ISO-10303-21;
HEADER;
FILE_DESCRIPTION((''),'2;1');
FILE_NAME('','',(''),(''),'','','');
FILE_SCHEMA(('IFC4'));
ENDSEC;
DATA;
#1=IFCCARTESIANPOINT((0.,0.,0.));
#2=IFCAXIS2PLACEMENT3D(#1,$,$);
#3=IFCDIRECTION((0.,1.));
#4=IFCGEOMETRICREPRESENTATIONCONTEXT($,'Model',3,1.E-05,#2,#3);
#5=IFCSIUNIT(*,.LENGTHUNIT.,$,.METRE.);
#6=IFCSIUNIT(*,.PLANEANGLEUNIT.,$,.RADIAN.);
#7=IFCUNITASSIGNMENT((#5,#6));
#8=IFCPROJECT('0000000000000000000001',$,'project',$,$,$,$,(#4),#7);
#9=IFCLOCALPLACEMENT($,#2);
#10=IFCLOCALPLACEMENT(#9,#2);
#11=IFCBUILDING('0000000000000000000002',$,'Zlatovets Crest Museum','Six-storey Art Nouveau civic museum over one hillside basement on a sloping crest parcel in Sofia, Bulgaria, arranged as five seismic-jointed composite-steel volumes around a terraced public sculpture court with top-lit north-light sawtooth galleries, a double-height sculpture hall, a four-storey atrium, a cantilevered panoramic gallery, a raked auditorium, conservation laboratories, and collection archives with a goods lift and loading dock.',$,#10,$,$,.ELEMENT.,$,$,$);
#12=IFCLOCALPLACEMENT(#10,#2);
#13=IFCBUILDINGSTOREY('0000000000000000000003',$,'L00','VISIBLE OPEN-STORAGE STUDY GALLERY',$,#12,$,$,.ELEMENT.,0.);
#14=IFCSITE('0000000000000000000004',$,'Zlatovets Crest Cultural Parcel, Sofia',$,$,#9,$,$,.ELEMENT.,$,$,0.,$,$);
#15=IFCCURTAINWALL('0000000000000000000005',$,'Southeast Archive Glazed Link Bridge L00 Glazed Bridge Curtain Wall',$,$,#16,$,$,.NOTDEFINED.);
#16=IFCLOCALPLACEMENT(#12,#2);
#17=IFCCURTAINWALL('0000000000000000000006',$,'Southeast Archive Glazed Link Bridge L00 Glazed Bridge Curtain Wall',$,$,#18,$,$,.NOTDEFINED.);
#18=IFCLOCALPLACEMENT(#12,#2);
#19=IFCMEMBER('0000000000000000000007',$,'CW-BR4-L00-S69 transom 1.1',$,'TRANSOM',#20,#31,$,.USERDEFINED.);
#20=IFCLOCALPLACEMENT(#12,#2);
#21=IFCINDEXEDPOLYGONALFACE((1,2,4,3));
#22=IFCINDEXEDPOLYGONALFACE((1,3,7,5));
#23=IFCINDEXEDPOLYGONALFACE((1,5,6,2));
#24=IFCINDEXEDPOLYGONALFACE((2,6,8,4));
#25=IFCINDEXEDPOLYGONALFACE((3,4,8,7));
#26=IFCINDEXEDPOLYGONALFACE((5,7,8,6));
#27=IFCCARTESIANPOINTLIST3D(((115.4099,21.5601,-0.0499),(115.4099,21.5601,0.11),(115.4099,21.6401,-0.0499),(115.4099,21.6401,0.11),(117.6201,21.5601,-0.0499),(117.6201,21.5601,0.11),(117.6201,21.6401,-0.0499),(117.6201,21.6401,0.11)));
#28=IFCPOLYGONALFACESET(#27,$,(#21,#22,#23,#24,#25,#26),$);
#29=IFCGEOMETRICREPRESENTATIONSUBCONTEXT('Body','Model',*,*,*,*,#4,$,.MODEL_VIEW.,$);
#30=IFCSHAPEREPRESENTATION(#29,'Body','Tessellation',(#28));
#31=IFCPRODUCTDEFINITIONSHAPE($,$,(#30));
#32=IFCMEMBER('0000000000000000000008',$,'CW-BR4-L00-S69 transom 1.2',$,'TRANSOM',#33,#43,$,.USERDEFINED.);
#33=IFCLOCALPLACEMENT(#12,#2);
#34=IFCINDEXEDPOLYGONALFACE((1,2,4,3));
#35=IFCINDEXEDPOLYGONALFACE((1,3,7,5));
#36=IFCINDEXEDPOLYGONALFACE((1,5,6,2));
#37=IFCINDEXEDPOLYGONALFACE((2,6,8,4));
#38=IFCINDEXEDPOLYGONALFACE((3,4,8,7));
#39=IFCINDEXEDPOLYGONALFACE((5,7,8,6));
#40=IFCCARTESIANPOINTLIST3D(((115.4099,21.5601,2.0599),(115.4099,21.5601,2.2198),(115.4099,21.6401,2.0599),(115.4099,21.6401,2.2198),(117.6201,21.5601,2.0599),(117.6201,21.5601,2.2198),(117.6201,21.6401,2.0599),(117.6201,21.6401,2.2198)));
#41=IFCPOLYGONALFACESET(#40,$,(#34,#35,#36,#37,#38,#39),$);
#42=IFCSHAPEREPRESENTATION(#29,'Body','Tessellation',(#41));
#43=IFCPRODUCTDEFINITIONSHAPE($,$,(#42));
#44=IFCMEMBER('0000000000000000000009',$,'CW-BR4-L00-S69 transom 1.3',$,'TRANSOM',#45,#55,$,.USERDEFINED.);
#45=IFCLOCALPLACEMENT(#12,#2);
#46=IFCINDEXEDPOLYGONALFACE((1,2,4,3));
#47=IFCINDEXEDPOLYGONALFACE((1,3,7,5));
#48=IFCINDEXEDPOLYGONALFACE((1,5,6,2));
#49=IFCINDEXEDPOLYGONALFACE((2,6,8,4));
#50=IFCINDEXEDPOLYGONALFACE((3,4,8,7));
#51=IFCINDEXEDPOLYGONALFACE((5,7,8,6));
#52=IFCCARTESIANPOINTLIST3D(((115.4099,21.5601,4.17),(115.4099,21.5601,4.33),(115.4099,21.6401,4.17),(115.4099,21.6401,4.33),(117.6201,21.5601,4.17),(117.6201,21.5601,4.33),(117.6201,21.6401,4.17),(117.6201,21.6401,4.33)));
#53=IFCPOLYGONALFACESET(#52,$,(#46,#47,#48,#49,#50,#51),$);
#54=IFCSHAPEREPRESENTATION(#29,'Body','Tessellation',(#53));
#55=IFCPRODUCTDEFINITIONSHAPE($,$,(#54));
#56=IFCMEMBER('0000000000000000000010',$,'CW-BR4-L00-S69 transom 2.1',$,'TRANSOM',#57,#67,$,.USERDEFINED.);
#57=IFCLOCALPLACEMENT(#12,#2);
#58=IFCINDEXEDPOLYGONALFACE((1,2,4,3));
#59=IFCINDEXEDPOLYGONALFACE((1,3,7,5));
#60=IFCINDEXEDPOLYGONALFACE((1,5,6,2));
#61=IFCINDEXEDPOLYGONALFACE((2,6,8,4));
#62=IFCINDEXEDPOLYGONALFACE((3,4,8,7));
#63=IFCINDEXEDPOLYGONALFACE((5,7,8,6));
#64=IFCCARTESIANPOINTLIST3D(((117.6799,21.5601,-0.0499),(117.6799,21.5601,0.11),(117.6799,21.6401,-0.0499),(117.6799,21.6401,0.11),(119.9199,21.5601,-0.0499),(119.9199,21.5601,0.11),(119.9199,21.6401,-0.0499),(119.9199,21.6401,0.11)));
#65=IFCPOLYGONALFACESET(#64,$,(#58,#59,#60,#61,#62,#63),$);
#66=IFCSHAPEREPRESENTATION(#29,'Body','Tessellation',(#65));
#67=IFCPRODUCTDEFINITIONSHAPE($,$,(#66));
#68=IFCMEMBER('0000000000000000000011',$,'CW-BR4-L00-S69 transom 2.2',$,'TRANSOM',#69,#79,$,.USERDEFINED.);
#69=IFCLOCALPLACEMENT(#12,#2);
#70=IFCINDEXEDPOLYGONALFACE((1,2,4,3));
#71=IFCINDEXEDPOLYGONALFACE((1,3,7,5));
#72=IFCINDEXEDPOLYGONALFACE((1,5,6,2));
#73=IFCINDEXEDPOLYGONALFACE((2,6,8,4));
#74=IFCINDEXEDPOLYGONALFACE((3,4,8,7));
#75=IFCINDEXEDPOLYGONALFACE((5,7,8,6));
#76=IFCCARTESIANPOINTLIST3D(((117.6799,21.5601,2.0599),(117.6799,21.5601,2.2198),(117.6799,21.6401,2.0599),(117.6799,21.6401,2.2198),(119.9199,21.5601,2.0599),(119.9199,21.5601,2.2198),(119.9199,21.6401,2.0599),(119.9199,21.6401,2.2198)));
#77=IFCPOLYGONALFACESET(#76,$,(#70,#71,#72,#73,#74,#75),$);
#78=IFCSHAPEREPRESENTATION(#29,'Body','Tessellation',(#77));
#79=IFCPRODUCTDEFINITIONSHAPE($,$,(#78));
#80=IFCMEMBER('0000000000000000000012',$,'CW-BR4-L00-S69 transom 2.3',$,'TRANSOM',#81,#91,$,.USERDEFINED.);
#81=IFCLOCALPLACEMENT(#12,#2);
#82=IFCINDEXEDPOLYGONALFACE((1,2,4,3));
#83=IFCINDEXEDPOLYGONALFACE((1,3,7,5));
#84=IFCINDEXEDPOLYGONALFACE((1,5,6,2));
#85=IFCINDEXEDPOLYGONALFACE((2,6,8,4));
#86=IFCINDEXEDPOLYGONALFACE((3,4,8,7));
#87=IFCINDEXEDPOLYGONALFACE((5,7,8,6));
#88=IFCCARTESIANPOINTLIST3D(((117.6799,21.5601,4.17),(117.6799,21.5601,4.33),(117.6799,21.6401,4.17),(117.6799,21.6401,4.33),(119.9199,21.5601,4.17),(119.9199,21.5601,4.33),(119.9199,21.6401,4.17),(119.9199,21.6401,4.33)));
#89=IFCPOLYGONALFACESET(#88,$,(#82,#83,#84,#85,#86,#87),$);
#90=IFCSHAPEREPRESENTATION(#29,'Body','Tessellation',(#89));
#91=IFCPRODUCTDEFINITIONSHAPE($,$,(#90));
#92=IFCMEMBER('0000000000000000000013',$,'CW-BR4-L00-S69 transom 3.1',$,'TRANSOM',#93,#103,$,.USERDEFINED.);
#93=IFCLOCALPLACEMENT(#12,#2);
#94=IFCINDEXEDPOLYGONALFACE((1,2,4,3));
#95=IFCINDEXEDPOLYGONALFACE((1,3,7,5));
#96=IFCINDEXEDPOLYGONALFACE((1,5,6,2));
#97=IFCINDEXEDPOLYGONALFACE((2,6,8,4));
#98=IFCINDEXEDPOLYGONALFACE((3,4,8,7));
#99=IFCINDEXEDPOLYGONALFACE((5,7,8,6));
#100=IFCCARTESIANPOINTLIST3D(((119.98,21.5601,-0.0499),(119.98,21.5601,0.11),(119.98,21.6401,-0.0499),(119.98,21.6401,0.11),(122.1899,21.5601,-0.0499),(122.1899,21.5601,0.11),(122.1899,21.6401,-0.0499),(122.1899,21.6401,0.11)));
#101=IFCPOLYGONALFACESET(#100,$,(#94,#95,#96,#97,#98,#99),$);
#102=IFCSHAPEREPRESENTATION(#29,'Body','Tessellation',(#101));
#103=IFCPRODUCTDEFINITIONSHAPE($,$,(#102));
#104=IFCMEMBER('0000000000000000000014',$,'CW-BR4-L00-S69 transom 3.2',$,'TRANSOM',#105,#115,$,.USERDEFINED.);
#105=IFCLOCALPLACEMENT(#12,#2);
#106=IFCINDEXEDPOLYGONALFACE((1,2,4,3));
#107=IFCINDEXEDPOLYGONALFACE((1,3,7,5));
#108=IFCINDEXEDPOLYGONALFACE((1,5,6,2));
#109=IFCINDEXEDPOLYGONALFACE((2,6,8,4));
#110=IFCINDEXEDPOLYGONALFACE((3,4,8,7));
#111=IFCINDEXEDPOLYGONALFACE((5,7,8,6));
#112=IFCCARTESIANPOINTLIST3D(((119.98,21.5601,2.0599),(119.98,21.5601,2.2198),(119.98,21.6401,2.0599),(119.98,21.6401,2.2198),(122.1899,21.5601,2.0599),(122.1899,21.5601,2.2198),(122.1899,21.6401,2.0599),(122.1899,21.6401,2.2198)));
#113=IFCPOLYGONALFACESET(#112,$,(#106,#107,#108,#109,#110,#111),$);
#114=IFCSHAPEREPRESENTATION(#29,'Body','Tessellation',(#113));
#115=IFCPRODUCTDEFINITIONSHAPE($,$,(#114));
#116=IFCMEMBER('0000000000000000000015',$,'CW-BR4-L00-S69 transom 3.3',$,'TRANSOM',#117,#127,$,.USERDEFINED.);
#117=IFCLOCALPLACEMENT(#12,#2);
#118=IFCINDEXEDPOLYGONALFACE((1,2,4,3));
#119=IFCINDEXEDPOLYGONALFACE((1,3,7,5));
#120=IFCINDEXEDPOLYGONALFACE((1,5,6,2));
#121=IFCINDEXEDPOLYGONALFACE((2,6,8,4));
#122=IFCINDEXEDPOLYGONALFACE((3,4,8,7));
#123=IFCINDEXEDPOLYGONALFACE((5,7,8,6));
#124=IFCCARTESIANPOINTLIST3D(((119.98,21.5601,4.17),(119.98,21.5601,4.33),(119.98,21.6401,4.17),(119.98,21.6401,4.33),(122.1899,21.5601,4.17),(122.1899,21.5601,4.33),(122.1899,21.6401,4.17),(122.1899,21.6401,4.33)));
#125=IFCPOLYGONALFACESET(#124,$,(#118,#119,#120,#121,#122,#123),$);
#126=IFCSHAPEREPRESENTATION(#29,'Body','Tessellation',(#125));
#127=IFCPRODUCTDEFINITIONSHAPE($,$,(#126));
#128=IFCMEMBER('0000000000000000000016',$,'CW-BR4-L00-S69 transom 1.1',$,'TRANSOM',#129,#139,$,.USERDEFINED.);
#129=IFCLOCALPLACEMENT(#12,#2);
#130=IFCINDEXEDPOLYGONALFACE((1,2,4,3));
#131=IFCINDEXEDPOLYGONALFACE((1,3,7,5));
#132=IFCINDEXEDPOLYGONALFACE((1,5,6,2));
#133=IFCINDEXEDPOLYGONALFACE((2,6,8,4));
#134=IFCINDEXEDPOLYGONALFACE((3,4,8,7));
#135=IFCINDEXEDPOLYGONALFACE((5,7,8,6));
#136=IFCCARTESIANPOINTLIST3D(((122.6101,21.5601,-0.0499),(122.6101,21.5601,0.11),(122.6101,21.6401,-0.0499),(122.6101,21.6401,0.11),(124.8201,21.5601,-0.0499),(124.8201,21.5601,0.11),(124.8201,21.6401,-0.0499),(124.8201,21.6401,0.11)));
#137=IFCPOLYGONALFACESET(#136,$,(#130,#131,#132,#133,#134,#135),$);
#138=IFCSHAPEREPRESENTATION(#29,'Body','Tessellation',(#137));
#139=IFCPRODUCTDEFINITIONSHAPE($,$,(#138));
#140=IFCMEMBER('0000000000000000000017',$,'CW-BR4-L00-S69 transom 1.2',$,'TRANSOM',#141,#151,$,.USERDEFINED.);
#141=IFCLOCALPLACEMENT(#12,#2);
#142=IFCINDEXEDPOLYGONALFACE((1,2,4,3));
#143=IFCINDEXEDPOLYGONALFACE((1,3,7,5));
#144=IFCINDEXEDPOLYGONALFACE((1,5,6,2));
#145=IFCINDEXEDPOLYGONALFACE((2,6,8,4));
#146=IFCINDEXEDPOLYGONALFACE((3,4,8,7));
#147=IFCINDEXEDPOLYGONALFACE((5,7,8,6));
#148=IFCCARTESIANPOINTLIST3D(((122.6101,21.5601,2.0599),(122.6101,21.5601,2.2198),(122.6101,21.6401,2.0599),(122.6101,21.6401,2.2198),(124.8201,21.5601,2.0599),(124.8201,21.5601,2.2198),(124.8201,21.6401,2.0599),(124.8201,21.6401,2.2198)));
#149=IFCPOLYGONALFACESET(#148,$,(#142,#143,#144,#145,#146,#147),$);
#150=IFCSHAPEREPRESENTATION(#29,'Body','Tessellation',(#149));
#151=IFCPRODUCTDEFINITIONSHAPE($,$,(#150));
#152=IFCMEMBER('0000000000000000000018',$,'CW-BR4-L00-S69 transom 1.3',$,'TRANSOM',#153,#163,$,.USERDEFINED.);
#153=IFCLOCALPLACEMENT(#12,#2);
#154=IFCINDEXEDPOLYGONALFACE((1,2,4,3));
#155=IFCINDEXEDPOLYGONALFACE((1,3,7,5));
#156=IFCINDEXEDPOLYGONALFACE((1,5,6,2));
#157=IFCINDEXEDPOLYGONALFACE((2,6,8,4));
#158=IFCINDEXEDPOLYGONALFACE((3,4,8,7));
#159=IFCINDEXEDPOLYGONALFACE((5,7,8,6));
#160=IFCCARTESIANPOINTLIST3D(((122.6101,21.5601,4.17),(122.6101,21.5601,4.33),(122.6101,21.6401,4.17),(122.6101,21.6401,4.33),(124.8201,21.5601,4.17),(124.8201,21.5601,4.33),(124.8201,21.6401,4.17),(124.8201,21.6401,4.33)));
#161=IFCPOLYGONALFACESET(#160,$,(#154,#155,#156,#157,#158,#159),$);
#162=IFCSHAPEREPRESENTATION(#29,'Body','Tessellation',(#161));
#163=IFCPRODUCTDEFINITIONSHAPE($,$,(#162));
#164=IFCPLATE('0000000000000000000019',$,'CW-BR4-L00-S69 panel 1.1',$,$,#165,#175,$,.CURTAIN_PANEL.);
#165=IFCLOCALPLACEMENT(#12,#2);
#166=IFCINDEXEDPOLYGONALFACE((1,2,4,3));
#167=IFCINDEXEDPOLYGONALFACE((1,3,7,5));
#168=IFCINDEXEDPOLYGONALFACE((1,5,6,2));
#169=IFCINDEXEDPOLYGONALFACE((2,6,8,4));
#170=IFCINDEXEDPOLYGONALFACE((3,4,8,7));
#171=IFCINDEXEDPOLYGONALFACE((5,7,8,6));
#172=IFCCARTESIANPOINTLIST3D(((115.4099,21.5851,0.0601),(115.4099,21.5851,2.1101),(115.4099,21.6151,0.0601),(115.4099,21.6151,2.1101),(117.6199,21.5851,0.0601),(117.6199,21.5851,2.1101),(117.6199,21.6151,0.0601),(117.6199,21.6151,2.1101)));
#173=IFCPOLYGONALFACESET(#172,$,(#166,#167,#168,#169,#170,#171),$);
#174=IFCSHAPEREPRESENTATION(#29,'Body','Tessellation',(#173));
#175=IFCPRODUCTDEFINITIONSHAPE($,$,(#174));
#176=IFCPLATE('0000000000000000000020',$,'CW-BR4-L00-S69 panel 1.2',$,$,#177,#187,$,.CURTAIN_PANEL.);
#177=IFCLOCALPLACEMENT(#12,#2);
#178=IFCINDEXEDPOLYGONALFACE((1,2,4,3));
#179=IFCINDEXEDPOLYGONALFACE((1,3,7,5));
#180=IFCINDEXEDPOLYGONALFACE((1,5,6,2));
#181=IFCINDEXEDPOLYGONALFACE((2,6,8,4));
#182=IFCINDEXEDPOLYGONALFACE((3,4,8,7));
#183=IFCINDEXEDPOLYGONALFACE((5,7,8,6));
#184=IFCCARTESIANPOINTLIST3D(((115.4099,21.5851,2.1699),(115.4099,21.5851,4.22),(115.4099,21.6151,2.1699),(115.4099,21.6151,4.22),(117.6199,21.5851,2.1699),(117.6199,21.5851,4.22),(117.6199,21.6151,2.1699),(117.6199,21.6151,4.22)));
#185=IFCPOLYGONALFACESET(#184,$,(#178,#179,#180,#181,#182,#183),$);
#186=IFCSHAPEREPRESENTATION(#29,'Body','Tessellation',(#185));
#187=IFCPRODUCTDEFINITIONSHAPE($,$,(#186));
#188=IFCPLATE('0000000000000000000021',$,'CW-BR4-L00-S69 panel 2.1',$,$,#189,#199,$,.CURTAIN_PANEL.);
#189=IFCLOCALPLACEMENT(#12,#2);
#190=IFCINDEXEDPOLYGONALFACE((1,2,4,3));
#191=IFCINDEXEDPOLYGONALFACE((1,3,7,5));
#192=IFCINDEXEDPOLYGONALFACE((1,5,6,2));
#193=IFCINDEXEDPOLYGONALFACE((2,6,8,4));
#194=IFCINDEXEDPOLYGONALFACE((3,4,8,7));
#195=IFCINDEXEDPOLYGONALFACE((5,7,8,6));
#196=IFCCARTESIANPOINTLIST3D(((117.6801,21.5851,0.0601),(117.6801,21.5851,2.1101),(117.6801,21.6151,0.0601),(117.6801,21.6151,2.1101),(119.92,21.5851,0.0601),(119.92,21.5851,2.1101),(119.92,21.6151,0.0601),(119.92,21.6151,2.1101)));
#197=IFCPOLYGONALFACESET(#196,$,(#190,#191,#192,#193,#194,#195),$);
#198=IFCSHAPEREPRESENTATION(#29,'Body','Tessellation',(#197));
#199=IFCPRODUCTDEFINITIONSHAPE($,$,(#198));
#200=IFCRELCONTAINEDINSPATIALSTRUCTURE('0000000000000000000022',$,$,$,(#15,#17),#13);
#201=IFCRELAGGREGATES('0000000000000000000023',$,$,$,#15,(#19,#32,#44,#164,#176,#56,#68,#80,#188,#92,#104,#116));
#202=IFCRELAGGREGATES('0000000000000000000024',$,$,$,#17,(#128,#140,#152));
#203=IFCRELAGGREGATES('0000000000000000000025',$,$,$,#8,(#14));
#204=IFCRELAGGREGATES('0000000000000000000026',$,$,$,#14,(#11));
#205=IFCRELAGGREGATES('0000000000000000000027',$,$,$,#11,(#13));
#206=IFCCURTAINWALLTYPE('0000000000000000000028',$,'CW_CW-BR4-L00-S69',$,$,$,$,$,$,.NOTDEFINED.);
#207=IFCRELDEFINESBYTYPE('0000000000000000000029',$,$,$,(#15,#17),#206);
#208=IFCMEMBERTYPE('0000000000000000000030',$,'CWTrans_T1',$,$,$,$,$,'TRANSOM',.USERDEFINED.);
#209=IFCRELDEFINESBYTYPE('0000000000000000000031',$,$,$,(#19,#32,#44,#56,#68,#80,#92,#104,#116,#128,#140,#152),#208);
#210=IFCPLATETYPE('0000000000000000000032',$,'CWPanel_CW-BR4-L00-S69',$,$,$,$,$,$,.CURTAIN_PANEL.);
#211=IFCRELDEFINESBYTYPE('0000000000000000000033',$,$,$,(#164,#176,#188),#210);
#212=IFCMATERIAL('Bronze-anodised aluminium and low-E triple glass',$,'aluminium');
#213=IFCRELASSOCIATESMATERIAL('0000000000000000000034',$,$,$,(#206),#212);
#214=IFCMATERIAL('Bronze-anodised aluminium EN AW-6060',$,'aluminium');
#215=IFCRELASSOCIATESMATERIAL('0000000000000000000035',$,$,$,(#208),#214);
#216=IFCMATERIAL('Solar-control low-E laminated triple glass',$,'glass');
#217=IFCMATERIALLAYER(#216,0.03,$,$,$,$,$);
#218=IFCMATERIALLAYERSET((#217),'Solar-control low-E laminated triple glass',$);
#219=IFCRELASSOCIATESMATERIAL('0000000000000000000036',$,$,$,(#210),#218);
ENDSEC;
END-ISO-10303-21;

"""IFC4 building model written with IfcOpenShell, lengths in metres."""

from ifc_helpers import new_model, si_unit, direction, frame, origin, origin_2d, place, context, subcontext, project, spatial, rectangle, extrude, material, layer, layer_set, material_profile, profile_set, type_object, element, aggregate, save


model = new_model("IFC4")

# Units and contexts
model_context = context("Model", 3, precision=1e-05, world=origin(), true_north=direction((0.0, 1.0)))
body_context = subcontext(model_context, "Body", "Model", "MODEL_VIEW")
ifc_project = project(units=[si_unit("LENGTHUNIT", "METRE"), si_unit("PLANEANGLEUNIT", "RADIAN")], contexts=[model_context])

# Site, building, storey
site_placement = place(None, origin())
site = spatial("IfcSite", under=ifc_project, at=site_placement, Name="Zlatovets Crest Cultural Parcel, Sofia", CompositionType="ELEMENT", RefElevation=0.0)
building_placement = place(site_placement, origin())
building = spatial("IfcBuilding", under=site, at=building_placement, Name="Zlatovets Crest Museum", Description="Six-storey Art Nouveau civic museum over one hillside basement on a sloping crest parcel in Sofia, Bulgaria, arranged as five seismic-jointed composite-steel volumes around a terraced public sculpture court with top-lit north-light sawtooth galleries, a double-height sculpture hall, a four-storey atrium, a cantilevered panoramic gallery, a raked auditorium, conservation laboratories, and collection archives with a goods lift and loading dock.", CompositionType="ELEMENT")
storey_placement = place(building_placement, origin())
storey = spatial("IfcBuildingStorey", under=building, at=storey_placement, Name="L00", Description="VISIBLE OPEN-STORAGE STUDY GALLERY", CompositionType="ELEMENT", Elevation=0.0)

# Curtain wall
ifc_material_1 = material(Name="Bronze-anodised aluminium and low-E triple glass", Category="aluminium")
curtain_wall_type = type_object("IfcCurtainWallType", Name="CW_CW-BR4-L00-S69", PredefinedType="NOTDEFINED", material=ifc_material_1)
curtain_wall_1_placement = place(storey_placement, origin())
curtain_wall_1 = element("IfcCurtainWall", 1, at=curtain_wall_1_placement, inside=storey, type_object=curtain_wall_type, Name="Southeast Archive Glazed Link Bridge L00 Glazed Bridge Curtain Wall", PredefinedType="NOTDEFINED")
ifc_material_2 = material(Name="Bronze-anodised aluminium EN AW-6060", Category="aluminium")

# Curtain wall
curtain_wall_2_placement = place(storey_placement, origin())
curtain_wall_2 = element("IfcCurtainWall", 2, at=curtain_wall_2_placement, inside=storey, type_object=curtain_wall_type, Name="Southeast Archive Glazed Link Bridge L00 Glazed Bridge Curtain Wall", PredefinedType="NOTDEFINED")

# Members
ifc_material_profile_1 = material_profile(ifc_material_2, rectangle(XDim=0.0801, YDim=0.1599, at=origin_2d()), Name="ALU 80x160")
ifc_profile_set_1 = profile_set([ifc_material_profile_1], Name="Bronze-anodised aluminium EN AW-6060")
member_type_1 = type_object("IfcMemberType", Name="CWTrans_T1", ElementType="TRANSOM", PredefinedType="USERDEFINED", material=ifc_profile_set_1)
member_1_placement = place(storey_placement, frame((115.4099, 21.6001, 0.03), z_axis=(1.0, 0.0, 0.0), x_axis=(0.0, 1.0, 0.0)))
member_1 = element("IfcMember", 3, at=member_1_placement, type_object=member_type_1, Name="CW-BR4-L00-S69 transom 1.1", ObjectType="TRANSOM", PredefinedType="USERDEFINED", context=body_context, shape_type="SweptSolid", body=[
    extrude(rectangle(XDim=0.0801, YDim=0.1599, at=origin_2d()), origin(), (0.0, 0.0, 1.0), 2.2102),
])
member_2_placement = place(storey_placement, frame((115.4099, 21.6001, 2.1399), z_axis=(1.0, 0.0, 0.0), x_axis=(0.0, 1.0, 0.0)))
member_2 = element("IfcMember", 4, at=member_2_placement, type_object=member_type_1, Name="CW-BR4-L00-S69 transom 1.2", ObjectType="TRANSOM", PredefinedType="USERDEFINED", context=body_context, shape_type="SweptSolid", body=[
    extrude(rectangle(XDim=0.0801, YDim=0.1599, at=origin_2d()), origin(), (0.0, 0.0, 1.0), 2.2102),
])
member_3_placement = place(storey_placement, frame((115.4099, 21.6001, 4.25), z_axis=(1.0, 0.0, 0.0), x_axis=(0.0, 1.0, 0.0)))
member_3 = element("IfcMember", 5, at=member_3_placement, type_object=member_type_1, Name="CW-BR4-L00-S69 transom 1.3", ObjectType="TRANSOM", PredefinedType="USERDEFINED", context=body_context, shape_type="SweptSolid", body=[
    extrude(rectangle(XDim=0.0801, YDim=0.1599, at=origin_2d()), origin(), (0.0, 0.0, 1.0), 2.2102),
])
member_4_placement = place(storey_placement, frame((117.6799, 21.6001, 0.03), z_axis=(1.0, 0.0, 0.0), x_axis=(0.0, 1.0, 0.0)))
member_4 = element("IfcMember", 6, at=member_4_placement, type_object=member_type_1, Name="CW-BR4-L00-S69 transom 2.1", ObjectType="TRANSOM", PredefinedType="USERDEFINED", context=body_context, shape_type="SweptSolid", body=[
    extrude(rectangle(XDim=0.0801, YDim=0.1599, at=origin_2d()), origin(), (0.0, 0.0, 1.0), 2.24),
])
member_5_placement = place(storey_placement, frame((117.6799, 21.6001, 2.1399), z_axis=(1.0, 0.0, 0.0), x_axis=(0.0, 1.0, 0.0)))
member_5 = element("IfcMember", 7, at=member_5_placement, type_object=member_type_1, Name="CW-BR4-L00-S69 transom 2.2", ObjectType="TRANSOM", PredefinedType="USERDEFINED", context=body_context, shape_type="SweptSolid", body=[
    extrude(rectangle(XDim=0.0801, YDim=0.1599, at=origin_2d()), origin(), (0.0, 0.0, 1.0), 2.24),
])
member_6_placement = place(storey_placement, frame((117.6799, 21.6001, 4.25), z_axis=(1.0, 0.0, 0.0), x_axis=(0.0, 1.0, 0.0)))
member_6 = element("IfcMember", 8, at=member_6_placement, type_object=member_type_1, Name="CW-BR4-L00-S69 transom 2.3", ObjectType="TRANSOM", PredefinedType="USERDEFINED", context=body_context, shape_type="SweptSolid", body=[
    extrude(rectangle(XDim=0.0801, YDim=0.1599, at=origin_2d()), origin(), (0.0, 0.0, 1.0), 2.24),
])
member_7_placement = place(storey_placement, frame((119.98, 21.6001, 0.03), z_axis=(1.0, 0.0, 0.0), x_axis=(0.0, 1.0, 0.0)))
member_7 = element("IfcMember", 9, at=member_7_placement, type_object=member_type_1, Name="CW-BR4-L00-S69 transom 3.1", ObjectType="TRANSOM", PredefinedType="USERDEFINED", context=body_context, shape_type="SweptSolid", body=[
    extrude(rectangle(XDim=0.0801, YDim=0.1599, at=origin_2d()), origin(), (0.0, 0.0, 1.0), 2.21),
])
member_8_placement = place(storey_placement, frame((119.98, 21.6001, 2.1399), z_axis=(1.0, 0.0, 0.0), x_axis=(0.0, 1.0, 0.0)))
member_8 = element("IfcMember", 10, at=member_8_placement, type_object=member_type_1, Name="CW-BR4-L00-S69 transom 3.2", ObjectType="TRANSOM", PredefinedType="USERDEFINED", context=body_context, shape_type="SweptSolid", body=[
    extrude(rectangle(XDim=0.0801, YDim=0.1599, at=origin_2d()), origin(), (0.0, 0.0, 1.0), 2.21),
])
member_9_placement = place(storey_placement, frame((119.98, 21.6001, 4.25), z_axis=(1.0, 0.0, 0.0), x_axis=(0.0, 1.0, 0.0)))
member_9 = element("IfcMember", 11, at=member_9_placement, type_object=member_type_1, Name="CW-BR4-L00-S69 transom 3.3", ObjectType="TRANSOM", PredefinedType="USERDEFINED", context=body_context, shape_type="SweptSolid", body=[
    extrude(rectangle(XDim=0.0801, YDim=0.1599, at=origin_2d()), origin(), (0.0, 0.0, 1.0), 2.21),
])
member_10_placement = place(storey_placement, frame((122.6101, 21.6001, 0.03), z_axis=(1.0, 0.0, 0.0), x_axis=(0.0, 1.0, 0.0)))
member_10 = element("IfcMember", 12, at=member_10_placement, type_object=member_type_1, Name="CW-BR4-L00-S69 transom 1.1", ObjectType="TRANSOM", PredefinedType="USERDEFINED", context=body_context, shape_type="SweptSolid", body=[
    extrude(rectangle(XDim=0.0801, YDim=0.1599, at=origin_2d()), origin(), (0.0, 0.0, 1.0), 2.21),
])
member_11_placement = place(storey_placement, frame((122.6101, 21.6001, 2.1399), z_axis=(1.0, 0.0, 0.0), x_axis=(0.0, 1.0, 0.0)))
member_11 = element("IfcMember", 13, at=member_11_placement, type_object=member_type_1, Name="CW-BR4-L00-S69 transom 1.2", ObjectType="TRANSOM", PredefinedType="USERDEFINED", context=body_context, shape_type="SweptSolid", body=[
    extrude(rectangle(XDim=0.0801, YDim=0.1599, at=origin_2d()), origin(), (0.0, 0.0, 1.0), 2.21),
])
member_12_placement = place(storey_placement, frame((122.6101, 21.6001, 4.25), z_axis=(1.0, 0.0, 0.0), x_axis=(0.0, 1.0, 0.0)))
member_12 = element("IfcMember", 14, at=member_12_placement, type_object=member_type_1, Name="CW-BR4-L00-S69 transom 1.3", ObjectType="TRANSOM", PredefinedType="USERDEFINED", context=body_context, shape_type="SweptSolid", body=[
    extrude(rectangle(XDim=0.0801, YDim=0.1599, at=origin_2d()), origin(), (0.0, 0.0, 1.0), 2.21),
])

# Plates
ifc_material_3 = material(Name="Solar-control low-E laminated triple glass", Category="glass")
ifc_layer_1 = layer(ifc_material_3, 0.03)
ifc_layer_set_1 = layer_set([ifc_layer_1], Name="Solar-control low-E laminated triple glass")
plate_type = type_object("IfcPlateType", Name="CWPanel_CW-BR4-L00-S69", PredefinedType="CURTAIN_PANEL", material=ifc_layer_set_1)
plate_1_placement = place(storey_placement, frame((116.5149, 21.6001, 0.0601), z_axis=(0.0, 0.0, 1.0), x_axis=(1.0, 0.0, 0.0)))
plate_1 = element("IfcPlate", 15, at=plate_1_placement, type_object=plate_type, Name="CW-BR4-L00-S69 panel 1.1", PredefinedType="CURTAIN_PANEL", context=body_context, shape_type="SweptSolid", body=[
    extrude(rectangle(XDim=2.21, YDim=0.03, at=origin_2d()), origin(), (0.0, 0.0, 1.0), 2.05),
])
plate_2_placement = place(storey_placement, frame((116.5149, 21.6001, 2.1699), z_axis=(0.0, 0.0, 1.0), x_axis=(1.0, 0.0, 0.0)))
plate_2 = element("IfcPlate", 16, at=plate_2_placement, type_object=plate_type, Name="CW-BR4-L00-S69 panel 1.2", PredefinedType="CURTAIN_PANEL", context=body_context, shape_type="SweptSolid", body=[
    extrude(rectangle(XDim=2.21, YDim=0.03, at=origin_2d()), origin(), (0.0, 0.0, 1.0), 2.05),
])
plate_3_placement = place(storey_placement, frame((118.8, 21.6001, 0.0601), z_axis=(0.0, 0.0, 1.0), x_axis=(1.0, 0.0, 0.0)))
plate_3 = element("IfcPlate", 17, at=plate_3_placement, type_object=plate_type, Name="CW-BR4-L00-S69 panel 2.1", PredefinedType="CURTAIN_PANEL", context=body_context, shape_type="SweptSolid", body=[
    extrude(rectangle(XDim=2.24, YDim=0.03, at=origin_2d()), origin(), (0.0, 0.0, 1.0), 2.05),
])
aggregate(curtain_wall_1, [member_1, member_2, member_3, plate_1, plate_2, member_4, member_5, member_6, plate_3, member_7, member_8, member_9])
aggregate(curtain_wall_2, [member_10, member_11, member_12])

save(model, "model.ifc")
